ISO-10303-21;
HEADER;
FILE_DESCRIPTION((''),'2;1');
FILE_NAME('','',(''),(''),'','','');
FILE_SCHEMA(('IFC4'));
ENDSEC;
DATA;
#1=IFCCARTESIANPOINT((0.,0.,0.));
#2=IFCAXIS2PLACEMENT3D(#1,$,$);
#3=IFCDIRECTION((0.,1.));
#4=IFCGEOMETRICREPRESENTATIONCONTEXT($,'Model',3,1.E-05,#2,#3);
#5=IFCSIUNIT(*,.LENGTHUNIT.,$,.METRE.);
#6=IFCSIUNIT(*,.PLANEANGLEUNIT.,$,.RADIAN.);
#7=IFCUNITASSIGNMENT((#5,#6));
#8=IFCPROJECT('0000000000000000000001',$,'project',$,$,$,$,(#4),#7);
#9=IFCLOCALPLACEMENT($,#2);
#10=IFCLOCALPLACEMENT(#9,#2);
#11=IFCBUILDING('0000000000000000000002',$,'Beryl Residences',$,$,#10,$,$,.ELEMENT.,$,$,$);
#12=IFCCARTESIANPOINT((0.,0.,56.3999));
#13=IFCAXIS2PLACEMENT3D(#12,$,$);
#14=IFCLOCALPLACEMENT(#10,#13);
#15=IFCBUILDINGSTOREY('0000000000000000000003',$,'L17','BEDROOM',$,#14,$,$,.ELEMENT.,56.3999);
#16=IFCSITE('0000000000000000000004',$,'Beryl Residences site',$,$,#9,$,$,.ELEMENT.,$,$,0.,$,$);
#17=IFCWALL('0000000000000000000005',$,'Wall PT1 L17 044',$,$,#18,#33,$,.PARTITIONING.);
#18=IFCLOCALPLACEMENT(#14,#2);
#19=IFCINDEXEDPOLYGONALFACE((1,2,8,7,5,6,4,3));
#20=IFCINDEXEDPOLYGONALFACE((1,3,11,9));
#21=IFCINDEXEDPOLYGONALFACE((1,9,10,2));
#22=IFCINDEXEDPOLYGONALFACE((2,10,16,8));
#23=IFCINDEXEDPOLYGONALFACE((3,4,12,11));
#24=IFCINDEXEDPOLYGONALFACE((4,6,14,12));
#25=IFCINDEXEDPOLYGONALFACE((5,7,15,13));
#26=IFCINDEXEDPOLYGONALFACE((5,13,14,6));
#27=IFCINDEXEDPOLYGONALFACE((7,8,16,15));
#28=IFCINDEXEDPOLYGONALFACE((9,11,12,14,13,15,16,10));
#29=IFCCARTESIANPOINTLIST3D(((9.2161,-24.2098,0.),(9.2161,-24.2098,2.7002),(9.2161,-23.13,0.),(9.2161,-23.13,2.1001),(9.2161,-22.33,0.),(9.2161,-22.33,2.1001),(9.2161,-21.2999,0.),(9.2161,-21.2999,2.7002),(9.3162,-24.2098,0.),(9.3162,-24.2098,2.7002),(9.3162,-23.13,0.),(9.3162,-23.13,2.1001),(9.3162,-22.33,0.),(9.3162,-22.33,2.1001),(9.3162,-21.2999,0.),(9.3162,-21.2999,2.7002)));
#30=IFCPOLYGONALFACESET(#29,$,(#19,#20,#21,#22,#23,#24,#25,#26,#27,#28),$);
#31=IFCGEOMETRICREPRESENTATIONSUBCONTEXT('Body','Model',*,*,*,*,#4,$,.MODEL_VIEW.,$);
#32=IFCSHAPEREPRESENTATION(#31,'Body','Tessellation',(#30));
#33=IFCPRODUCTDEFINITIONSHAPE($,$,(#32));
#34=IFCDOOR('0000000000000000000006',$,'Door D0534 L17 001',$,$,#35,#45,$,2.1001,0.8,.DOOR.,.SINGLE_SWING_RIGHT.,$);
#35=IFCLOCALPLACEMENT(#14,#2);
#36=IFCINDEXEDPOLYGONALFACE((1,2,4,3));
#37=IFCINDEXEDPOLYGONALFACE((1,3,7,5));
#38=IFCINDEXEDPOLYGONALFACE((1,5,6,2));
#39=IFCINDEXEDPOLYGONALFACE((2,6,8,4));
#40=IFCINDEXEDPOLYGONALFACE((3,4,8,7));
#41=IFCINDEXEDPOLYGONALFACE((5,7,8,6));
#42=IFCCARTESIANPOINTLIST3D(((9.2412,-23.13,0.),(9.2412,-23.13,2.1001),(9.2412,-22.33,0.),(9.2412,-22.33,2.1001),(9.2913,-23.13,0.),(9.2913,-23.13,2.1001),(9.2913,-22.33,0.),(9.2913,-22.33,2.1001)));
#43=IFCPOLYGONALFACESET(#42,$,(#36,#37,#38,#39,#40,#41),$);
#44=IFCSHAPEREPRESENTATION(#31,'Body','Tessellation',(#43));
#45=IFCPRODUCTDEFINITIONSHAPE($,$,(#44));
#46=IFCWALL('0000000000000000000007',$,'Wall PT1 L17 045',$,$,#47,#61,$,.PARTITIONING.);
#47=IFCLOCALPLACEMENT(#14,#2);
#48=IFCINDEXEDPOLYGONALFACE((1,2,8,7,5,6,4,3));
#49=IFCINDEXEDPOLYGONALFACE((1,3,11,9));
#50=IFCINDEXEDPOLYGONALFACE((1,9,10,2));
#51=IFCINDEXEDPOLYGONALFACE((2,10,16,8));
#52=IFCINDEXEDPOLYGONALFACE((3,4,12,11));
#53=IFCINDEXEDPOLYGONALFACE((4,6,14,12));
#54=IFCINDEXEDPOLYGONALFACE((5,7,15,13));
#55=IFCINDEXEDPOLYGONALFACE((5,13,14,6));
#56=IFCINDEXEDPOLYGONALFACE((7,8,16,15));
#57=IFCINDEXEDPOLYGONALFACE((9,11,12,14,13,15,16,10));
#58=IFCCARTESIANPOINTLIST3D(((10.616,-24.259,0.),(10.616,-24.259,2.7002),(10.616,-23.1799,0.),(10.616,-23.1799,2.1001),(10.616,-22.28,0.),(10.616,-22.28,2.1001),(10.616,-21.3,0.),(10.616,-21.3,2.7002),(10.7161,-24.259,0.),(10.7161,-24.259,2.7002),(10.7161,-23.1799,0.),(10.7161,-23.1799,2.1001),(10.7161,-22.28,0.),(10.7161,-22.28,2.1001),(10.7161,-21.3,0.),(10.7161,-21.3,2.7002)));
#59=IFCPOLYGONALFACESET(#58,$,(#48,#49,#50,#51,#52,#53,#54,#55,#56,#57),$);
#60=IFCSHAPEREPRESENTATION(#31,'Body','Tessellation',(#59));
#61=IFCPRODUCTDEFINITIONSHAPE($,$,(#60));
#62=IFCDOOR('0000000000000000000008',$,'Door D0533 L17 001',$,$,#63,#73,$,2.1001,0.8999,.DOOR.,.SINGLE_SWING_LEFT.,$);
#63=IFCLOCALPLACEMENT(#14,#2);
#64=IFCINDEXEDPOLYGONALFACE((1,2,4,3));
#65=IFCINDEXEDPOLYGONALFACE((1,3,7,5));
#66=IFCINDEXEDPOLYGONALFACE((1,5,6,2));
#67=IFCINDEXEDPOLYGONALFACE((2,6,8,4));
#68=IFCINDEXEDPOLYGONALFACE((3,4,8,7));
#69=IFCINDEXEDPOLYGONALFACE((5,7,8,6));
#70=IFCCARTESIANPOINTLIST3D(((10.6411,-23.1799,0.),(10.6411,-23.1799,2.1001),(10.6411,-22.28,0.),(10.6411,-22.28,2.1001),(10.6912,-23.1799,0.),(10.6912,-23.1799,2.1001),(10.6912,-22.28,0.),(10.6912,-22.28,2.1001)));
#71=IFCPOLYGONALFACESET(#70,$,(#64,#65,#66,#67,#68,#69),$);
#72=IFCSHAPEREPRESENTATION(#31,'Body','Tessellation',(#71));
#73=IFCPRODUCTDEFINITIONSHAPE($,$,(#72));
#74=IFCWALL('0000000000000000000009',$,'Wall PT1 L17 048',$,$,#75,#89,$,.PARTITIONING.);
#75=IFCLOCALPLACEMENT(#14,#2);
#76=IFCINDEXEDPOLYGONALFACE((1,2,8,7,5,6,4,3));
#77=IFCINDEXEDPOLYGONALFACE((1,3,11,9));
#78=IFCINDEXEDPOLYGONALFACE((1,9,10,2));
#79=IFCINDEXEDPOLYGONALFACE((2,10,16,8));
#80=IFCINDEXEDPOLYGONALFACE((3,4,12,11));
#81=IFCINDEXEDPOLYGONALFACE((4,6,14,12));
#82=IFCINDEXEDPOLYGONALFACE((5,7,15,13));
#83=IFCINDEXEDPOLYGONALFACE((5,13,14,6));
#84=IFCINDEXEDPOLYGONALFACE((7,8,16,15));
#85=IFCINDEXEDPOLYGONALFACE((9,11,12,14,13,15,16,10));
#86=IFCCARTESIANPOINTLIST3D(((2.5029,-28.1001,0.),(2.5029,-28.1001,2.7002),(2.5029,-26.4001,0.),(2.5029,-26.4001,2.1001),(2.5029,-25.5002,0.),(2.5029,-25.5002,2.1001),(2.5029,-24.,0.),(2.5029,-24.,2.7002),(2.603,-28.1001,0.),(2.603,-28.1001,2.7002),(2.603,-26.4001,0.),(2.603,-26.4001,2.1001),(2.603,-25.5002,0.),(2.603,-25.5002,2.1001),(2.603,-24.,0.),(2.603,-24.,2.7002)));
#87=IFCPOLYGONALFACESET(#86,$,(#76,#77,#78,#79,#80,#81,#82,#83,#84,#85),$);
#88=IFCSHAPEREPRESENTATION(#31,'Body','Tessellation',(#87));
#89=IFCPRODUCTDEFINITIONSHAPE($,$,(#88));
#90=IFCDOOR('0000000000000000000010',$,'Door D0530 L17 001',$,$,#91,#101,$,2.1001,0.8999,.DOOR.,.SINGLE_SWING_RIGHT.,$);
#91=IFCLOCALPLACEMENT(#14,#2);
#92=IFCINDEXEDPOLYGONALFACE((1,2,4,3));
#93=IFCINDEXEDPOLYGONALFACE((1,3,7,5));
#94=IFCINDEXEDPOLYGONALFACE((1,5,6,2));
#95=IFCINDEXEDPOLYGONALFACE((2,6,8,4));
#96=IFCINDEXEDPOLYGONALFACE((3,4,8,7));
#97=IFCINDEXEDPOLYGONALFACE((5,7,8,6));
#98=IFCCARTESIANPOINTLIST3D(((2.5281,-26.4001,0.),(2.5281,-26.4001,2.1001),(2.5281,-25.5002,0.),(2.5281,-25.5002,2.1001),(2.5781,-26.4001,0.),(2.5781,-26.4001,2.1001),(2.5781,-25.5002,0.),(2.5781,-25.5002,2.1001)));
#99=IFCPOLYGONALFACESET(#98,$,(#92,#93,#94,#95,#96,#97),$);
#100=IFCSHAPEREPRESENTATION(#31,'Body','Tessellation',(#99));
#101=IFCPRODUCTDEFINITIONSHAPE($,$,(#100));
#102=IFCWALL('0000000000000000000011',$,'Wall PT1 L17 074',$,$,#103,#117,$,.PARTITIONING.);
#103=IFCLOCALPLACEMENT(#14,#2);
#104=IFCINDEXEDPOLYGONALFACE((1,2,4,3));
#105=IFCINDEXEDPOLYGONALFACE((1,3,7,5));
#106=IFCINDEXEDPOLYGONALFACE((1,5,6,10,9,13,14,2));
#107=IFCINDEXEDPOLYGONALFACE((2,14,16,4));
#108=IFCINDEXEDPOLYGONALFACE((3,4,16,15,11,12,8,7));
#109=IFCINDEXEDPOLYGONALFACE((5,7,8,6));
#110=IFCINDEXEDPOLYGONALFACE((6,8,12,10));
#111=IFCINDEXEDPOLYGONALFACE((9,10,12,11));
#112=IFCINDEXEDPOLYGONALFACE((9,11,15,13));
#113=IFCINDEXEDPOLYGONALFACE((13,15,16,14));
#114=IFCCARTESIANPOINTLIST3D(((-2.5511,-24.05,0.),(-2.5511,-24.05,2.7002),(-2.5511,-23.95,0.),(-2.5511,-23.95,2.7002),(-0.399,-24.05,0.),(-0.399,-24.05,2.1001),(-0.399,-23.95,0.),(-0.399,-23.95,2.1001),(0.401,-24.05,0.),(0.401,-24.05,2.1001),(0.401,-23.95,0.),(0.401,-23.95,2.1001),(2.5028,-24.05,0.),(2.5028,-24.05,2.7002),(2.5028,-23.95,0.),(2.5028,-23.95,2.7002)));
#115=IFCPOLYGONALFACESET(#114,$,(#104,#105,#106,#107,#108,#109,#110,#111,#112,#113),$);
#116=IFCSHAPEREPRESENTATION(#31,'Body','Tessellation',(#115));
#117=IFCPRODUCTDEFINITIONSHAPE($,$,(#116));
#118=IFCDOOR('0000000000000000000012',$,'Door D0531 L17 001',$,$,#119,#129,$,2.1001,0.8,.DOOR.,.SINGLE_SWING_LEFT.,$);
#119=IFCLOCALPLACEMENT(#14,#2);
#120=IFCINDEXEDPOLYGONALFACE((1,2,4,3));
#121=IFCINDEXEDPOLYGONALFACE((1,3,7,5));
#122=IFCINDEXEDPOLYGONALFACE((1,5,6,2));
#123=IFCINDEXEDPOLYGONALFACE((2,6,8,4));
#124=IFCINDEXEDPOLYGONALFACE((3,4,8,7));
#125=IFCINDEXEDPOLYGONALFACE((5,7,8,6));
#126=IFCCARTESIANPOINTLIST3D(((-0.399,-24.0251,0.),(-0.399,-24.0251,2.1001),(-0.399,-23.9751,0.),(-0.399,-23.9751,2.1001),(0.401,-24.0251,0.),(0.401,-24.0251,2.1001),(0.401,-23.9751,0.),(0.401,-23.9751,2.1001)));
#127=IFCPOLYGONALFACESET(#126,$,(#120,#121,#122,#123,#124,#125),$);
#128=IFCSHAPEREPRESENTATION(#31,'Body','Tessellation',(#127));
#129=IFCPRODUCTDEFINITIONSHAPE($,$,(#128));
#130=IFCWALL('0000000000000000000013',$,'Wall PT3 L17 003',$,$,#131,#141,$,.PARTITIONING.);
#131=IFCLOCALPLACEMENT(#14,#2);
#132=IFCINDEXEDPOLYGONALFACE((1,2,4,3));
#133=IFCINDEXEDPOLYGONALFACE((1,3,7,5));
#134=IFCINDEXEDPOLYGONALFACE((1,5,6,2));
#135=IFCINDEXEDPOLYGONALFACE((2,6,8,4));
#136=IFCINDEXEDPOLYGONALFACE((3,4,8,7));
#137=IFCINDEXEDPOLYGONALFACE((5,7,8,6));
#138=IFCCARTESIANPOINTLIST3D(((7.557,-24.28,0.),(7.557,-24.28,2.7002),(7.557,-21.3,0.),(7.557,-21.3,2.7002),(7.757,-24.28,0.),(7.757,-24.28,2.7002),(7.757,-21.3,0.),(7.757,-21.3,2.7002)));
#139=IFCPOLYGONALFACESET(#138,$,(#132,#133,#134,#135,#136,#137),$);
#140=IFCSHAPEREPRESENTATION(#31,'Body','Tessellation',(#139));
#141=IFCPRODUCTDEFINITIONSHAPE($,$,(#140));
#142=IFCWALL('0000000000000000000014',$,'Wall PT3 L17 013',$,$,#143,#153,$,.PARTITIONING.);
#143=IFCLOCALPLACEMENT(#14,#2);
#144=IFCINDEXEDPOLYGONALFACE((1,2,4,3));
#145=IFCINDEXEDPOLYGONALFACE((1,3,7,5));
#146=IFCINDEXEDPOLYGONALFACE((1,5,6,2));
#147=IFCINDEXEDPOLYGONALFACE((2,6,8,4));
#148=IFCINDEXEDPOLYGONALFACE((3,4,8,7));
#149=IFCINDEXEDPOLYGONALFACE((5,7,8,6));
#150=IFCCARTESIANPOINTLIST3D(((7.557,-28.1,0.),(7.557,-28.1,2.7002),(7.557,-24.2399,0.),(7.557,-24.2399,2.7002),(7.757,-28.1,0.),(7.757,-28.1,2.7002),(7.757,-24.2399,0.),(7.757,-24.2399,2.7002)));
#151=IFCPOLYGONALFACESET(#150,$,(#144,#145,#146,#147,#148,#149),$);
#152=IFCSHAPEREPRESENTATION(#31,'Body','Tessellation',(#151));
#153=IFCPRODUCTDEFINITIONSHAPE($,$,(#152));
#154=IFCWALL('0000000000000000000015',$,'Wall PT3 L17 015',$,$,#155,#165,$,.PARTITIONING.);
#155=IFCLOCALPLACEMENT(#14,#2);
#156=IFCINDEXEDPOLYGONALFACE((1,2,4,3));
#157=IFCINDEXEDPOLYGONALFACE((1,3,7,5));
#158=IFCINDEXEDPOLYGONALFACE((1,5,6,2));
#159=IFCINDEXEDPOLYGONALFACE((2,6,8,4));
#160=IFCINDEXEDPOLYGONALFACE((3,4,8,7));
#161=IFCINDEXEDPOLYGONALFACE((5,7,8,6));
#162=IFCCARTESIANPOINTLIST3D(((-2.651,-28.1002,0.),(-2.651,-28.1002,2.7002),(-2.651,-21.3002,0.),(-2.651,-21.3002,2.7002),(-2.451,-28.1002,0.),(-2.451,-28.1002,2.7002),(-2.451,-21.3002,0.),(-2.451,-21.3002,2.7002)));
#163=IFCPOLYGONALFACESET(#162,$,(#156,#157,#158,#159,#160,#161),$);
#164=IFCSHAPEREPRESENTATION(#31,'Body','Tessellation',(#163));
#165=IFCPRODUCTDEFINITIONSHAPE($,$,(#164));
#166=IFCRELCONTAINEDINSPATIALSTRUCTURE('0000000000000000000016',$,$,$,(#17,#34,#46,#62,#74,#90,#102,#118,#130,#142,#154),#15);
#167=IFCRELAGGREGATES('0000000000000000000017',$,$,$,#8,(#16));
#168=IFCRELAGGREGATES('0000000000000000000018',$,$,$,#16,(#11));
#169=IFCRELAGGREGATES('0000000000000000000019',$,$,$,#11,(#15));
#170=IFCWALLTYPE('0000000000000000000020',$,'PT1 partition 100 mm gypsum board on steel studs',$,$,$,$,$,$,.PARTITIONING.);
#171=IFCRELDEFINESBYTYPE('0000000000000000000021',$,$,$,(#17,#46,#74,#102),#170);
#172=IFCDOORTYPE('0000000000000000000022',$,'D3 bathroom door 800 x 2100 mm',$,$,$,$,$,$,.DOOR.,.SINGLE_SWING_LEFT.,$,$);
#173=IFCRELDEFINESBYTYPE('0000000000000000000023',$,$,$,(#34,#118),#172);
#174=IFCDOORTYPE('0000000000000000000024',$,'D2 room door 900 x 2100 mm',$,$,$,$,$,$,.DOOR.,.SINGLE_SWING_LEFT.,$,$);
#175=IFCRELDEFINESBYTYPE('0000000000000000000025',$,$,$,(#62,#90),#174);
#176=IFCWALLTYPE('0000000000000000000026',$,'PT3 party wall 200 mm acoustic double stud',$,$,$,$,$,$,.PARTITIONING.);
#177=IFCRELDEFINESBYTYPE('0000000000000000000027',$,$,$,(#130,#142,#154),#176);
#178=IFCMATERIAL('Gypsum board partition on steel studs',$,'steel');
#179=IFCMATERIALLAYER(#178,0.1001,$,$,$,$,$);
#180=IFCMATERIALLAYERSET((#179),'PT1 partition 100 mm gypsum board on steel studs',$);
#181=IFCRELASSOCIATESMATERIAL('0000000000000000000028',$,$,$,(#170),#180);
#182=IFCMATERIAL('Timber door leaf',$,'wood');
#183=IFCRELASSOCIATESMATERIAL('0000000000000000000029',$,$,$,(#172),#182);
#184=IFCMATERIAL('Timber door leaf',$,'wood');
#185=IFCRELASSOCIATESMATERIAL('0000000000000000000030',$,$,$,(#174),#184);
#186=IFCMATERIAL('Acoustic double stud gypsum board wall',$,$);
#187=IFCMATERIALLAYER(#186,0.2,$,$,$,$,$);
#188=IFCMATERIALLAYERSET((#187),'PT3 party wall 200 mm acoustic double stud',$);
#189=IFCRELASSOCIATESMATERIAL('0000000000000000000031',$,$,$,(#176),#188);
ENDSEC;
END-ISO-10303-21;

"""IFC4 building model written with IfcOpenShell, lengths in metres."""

from ifc_helpers import new_model, si_unit, direction, frame, frame_2d, origin, place, context, subcontext, project, spatial, rectangle, extrude, material, layer, layer_set, type_object, element, fill, save


model = new_model("IFC4")

# Units and contexts
model_context = context("Model", 3, precision=1e-05, world=origin(), true_north=direction((0.0, 1.0)))
body_context = subcontext(model_context, "Body", "Model", "MODEL_VIEW")
ifc_project = project(units=[si_unit("LENGTHUNIT", "METRE"), si_unit("PLANEANGLEUNIT", "RADIAN")], contexts=[model_context])

# Site, building, storey
site_placement = place(None, origin())
site = spatial("IfcSite", under=ifc_project, at=site_placement, Name="Beryl Residences site", CompositionType="ELEMENT", RefElevation=0.0)
building_placement = place(site_placement, origin())
building = spatial("IfcBuilding", under=site, at=building_placement, Name="Beryl Residences", CompositionType="ELEMENT")
storey_placement = place(building_placement, frame((0.0, 0.0, 56.3999)))
storey = spatial("IfcBuildingStorey", under=building, at=storey_placement, Name="L17", Description="BEDROOM", CompositionType="ELEMENT", Elevation=56.3999)

# Shared definitions
ifc_material_1 = material(Name="Gypsum board partition on steel studs", Category="steel")
ifc_layer_1 = layer(ifc_material_1, 0.1001)
ifc_layer_set_1 = layer_set([ifc_layer_1], Name="PT1 partition 100 mm gypsum board on steel studs")
wall_type_1 = type_object("IfcWallType", Name="PT1 partition 100 mm gypsum board on steel studs", PredefinedType="PARTITIONING", material=ifc_layer_set_1)

# Walls, openings, doors
ifc_material_2 = material(Name="Timber door leaf", Category="wood")
door_type_1 = type_object("IfcDoorType", Name="D3 bathroom door 800 x 2100 mm", OperationType="SINGLE_SWING_LEFT", PredefinedType="DOOR", material=ifc_material_2)
ifc_material_3 = material(Name="Timber door leaf", Category="wood")
door_type_2 = type_object("IfcDoorType", Name="D2 room door 900 x 2100 mm", OperationType="SINGLE_SWING_LEFT", PredefinedType="DOOR", material=ifc_material_3)
wall_1_placement = place(storey_placement, frame((9.2661, -24.21, 0.0), z_axis=(0.0, 0.0, 1.0), x_axis=(0.0, 1.0, 0.0)))
wall_1 = element("IfcWall", 1, at=wall_1_placement, inside=storey, type_object=wall_type_1, Name="Wall PT1 L17 044", PredefinedType="PARTITIONING", context=body_context, shape_type="SweptSolid", body=[
    extrude(rectangle(XDim=2.9099, YDim=0.1001, at=frame_2d((1.4551, 0.0))), origin(), (0.0, 0.0, 1.0), 2.7002),
])
opening_1_placement = place(wall_1_placement, frame((1.0801, 0.0, 0.0)))
opening_1 = element("IfcOpeningElement", 2, at=opening_1_placement, cuts=wall_1, PredefinedType="OPENING", context=body_context, shape_type="SweptSolid", body=[
    extrude(rectangle(XDim=0.8, YDim=2.1001, at=frame_2d((0.3999, 1.05))), frame((0.0, 0.0601, 0.0), z_axis=(0.0, -1.0, 0.0), x_axis=(1.0, 0.0, 0.0)), (0.0, 0.0, 1.0), 0.1201),
])
door_1_placement = place(opening_1_placement, origin())
door_1 = element("IfcDoor", 3, at=door_1_placement, inside=storey, type_object=door_type_1, Name="Door D0534 L17 001", OperationType="SINGLE_SWING_RIGHT", OverallHeight=2.1001, OverallWidth=0.8, PredefinedType="DOOR", context=body_context, shape_type="SweptSolid", body=[
    extrude(rectangle(XDim=0.8, YDim=2.1001, at=frame_2d((0.3999, 1.05))), frame((0.0, 0.0249, 0.0), z_axis=(0.0, -1.0, 0.0), x_axis=(1.0, 0.0, 0.0)), (0.0, 0.0, 1.0), 0.05),
])
fill(opening_1, door_1)
wall_2_placement = place(storey_placement, frame((10.666, -24.259, 0.0), z_axis=(0.0, 0.0, 1.0), x_axis=(0.0, 1.0, 0.0)))
wall_2 = element("IfcWall", 4, at=wall_2_placement, inside=storey, type_object=wall_type_1, Name="Wall PT1 L17 045", PredefinedType="PARTITIONING", context=body_context, shape_type="SweptSolid", body=[
    extrude(rectangle(XDim=2.959, YDim=0.1001, at=frame_2d((1.4795, 0.0))), origin(), (0.0, 0.0, 1.0), 2.7002),
])
opening_2_placement = place(wall_2_placement, frame((1.0791, 0.0, 0.0)))
opening_2 = element("IfcOpeningElement", 5, at=opening_2_placement, cuts=wall_2, PredefinedType="OPENING", context=body_context, shape_type="SweptSolid", body=[
    extrude(rectangle(XDim=0.8999, YDim=2.1001, at=frame_2d((0.45, 1.05))), frame((0.0, 0.0601, 0.0), z_axis=(0.0, -1.0, 0.0), x_axis=(1.0, 0.0, 0.0)), (0.0, 0.0, 1.0), 0.1201),
])
door_2_placement = place(opening_2_placement, origin())
door_2 = element("IfcDoor", 6, at=door_2_placement, inside=storey, type_object=door_type_2, Name="Door D0533 L17 001", OperationType="SINGLE_SWING_LEFT", OverallHeight=2.1001, OverallWidth=0.8999, PredefinedType="DOOR", context=body_context, shape_type="SweptSolid", body=[
    extrude(rectangle(XDim=0.8999, YDim=2.1001, at=frame_2d((0.45, 1.05))), frame((0.0, 0.0249, 0.0), z_axis=(0.0, -1.0, 0.0), x_axis=(1.0, 0.0, 0.0)), (0.0, 0.0, 1.0), 0.05),
])
fill(opening_2, door_2)
wall_3_placement = place(storey_placement, frame((2.553, -28.1001, 0.0), z_axis=(0.0, 0.0, 1.0), x_axis=(0.0, 1.0, 0.0)))
wall_3 = element("IfcWall", 7, at=wall_3_placement, inside=storey, type_object=wall_type_1, Name="Wall PT1 L17 048", PredefinedType="PARTITIONING", context=body_context, shape_type="SweptSolid", body=[
    extrude(rectangle(XDim=4.1001, YDim=0.1001, at=frame_2d((2.05, 0.0))), origin(), (0.0, 0.0, 1.0), 2.7002),
])
opening_3_placement = place(wall_3_placement, frame((1.7, 0.0, 0.0)))
opening_3 = element("IfcOpeningElement", 8, at=opening_3_placement, cuts=wall_3, PredefinedType="OPENING", context=body_context, shape_type="SweptSolid", body=[
    extrude(rectangle(XDim=0.8999, YDim=2.1001, at=frame_2d((0.45, 1.05))), frame((0.0, 0.0601, 0.0), z_axis=(0.0, -1.0, 0.0), x_axis=(1.0, 0.0, 0.0)), (0.0, 0.0, 1.0), 0.1201),
])
door_3_placement = place(opening_3_placement, origin())
door_3 = element("IfcDoor", 9, at=door_3_placement, inside=storey, type_object=door_type_2, Name="Door D0530 L17 001", OperationType="SINGLE_SWING_RIGHT", OverallHeight=2.1001, OverallWidth=0.8999, PredefinedType="DOOR", context=body_context, shape_type="SweptSolid", body=[
    extrude(rectangle(XDim=0.8999, YDim=2.1001, at=frame_2d((0.45, 1.05))), frame((0.0, 0.0249, 0.0), z_axis=(0.0, -1.0, 0.0), x_axis=(1.0, 0.0, 0.0)), (0.0, 0.0, 1.0), 0.05),
])
fill(opening_3, door_3)
wall_4_placement = place(storey_placement, frame((-2.551, -24.0, 0.0), z_axis=(0.0, 0.0, 1.0), x_axis=(1.0, 0.0, 0.0)))
wall_4 = element("IfcWall", 10, at=wall_4_placement, inside=storey, type_object=wall_type_1, Name="Wall PT1 L17 074", PredefinedType="PARTITIONING", context=body_context, shape_type="SweptSolid", body=[
    extrude(rectangle(XDim=5.054, YDim=0.1001, at=frame_2d((2.5269, 0.0))), origin(), (0.0, 0.0, 1.0), 2.7002),
])
opening_4_placement = place(wall_4_placement, frame((2.1521, 0.0, 0.0)))
opening_4 = element("IfcOpeningElement", 11, at=opening_4_placement, cuts=wall_4, PredefinedType="OPENING", context=body_context, shape_type="SweptSolid", body=[
    extrude(rectangle(XDim=0.8, YDim=2.1001, at=frame_2d((0.3999, 1.05))), frame((0.0, 0.0601, 0.0), z_axis=(0.0, -1.0, 0.0), x_axis=(1.0, 0.0, 0.0)), (0.0, 0.0, 1.0), 0.1201),
])
door_4_placement = place(opening_4_placement, origin())
door_4 = element("IfcDoor", 12, at=door_4_placement, inside=storey, type_object=door_type_1, Name="Door D0531 L17 001", OperationType="SINGLE_SWING_LEFT", OverallHeight=2.1001, OverallWidth=0.8, PredefinedType="DOOR", context=body_context, shape_type="SweptSolid", body=[
    extrude(rectangle(XDim=0.8, YDim=2.1001, at=frame_2d((0.3999, 1.05))), frame((0.0, 0.0249, 0.0), z_axis=(0.0, -1.0, 0.0), x_axis=(1.0, 0.0, 0.0)), (0.0, 0.0, 1.0), 0.05),
])
fill(opening_4, door_4)

# Walls
ifc_material_4 = material(Name="Acoustic double stud gypsum board wall")
ifc_layer_2 = layer(ifc_material_4, 0.2)
ifc_layer_set_2 = layer_set([ifc_layer_2], Name="PT3 party wall 200 mm acoustic double stud")
wall_type_2 = type_object("IfcWallType", Name="PT3 party wall 200 mm acoustic double stud", PredefinedType="PARTITIONING", material=ifc_layer_set_2)
wall_5_placement = place(storey_placement, frame((7.657, -21.3, 0.0), z_axis=(0.0, 0.0, 1.0), x_axis=(0.0, -1.0, 0.0)))
element("IfcWall", 13, at=wall_5_placement, inside=storey, type_object=wall_type_2, Name="Wall PT3 L17 003", PredefinedType="PARTITIONING", context=body_context, shape_type="SweptSolid", body=[
    extrude(rectangle(XDim=2.98, YDim=0.2, at=frame_2d((1.49, 0.0))), origin(), (0.0, 0.0, 1.0), 2.7002),
])
wall_6_placement = place(storey_placement, frame((7.657, -28.1001, 0.0), z_axis=(0.0, 0.0, 1.0), x_axis=(0.0, 1.0, 0.0)))
element("IfcWall", 14, at=wall_6_placement, inside=storey, type_object=wall_type_2, Name="Wall PT3 L17 013", PredefinedType="PARTITIONING", context=body_context, shape_type="SweptSolid", body=[
    extrude(rectangle(XDim=3.8601, YDim=0.2, at=frame_2d((1.9302, 0.0))), origin(), (0.0, 0.0, 1.0), 2.7002),
])
wall_7_placement = place(storey_placement, frame((-2.551, -28.1001, 0.0), z_axis=(0.0, 0.0, 1.0), x_axis=(0.0, 1.0, 0.0)))
element("IfcWall", 15, at=wall_7_placement, inside=storey, type_object=wall_type_2, Name="Wall PT3 L17 015", PredefinedType="PARTITIONING", context=body_context, shape_type="SweptSolid", body=[
    extrude(rectangle(XDim=6.8, YDim=0.2, at=frame_2d((3.3999, 0.0))), origin(), (0.0, 0.0, 1.0), 2.7002),
])

save(model, "model.ifc")
